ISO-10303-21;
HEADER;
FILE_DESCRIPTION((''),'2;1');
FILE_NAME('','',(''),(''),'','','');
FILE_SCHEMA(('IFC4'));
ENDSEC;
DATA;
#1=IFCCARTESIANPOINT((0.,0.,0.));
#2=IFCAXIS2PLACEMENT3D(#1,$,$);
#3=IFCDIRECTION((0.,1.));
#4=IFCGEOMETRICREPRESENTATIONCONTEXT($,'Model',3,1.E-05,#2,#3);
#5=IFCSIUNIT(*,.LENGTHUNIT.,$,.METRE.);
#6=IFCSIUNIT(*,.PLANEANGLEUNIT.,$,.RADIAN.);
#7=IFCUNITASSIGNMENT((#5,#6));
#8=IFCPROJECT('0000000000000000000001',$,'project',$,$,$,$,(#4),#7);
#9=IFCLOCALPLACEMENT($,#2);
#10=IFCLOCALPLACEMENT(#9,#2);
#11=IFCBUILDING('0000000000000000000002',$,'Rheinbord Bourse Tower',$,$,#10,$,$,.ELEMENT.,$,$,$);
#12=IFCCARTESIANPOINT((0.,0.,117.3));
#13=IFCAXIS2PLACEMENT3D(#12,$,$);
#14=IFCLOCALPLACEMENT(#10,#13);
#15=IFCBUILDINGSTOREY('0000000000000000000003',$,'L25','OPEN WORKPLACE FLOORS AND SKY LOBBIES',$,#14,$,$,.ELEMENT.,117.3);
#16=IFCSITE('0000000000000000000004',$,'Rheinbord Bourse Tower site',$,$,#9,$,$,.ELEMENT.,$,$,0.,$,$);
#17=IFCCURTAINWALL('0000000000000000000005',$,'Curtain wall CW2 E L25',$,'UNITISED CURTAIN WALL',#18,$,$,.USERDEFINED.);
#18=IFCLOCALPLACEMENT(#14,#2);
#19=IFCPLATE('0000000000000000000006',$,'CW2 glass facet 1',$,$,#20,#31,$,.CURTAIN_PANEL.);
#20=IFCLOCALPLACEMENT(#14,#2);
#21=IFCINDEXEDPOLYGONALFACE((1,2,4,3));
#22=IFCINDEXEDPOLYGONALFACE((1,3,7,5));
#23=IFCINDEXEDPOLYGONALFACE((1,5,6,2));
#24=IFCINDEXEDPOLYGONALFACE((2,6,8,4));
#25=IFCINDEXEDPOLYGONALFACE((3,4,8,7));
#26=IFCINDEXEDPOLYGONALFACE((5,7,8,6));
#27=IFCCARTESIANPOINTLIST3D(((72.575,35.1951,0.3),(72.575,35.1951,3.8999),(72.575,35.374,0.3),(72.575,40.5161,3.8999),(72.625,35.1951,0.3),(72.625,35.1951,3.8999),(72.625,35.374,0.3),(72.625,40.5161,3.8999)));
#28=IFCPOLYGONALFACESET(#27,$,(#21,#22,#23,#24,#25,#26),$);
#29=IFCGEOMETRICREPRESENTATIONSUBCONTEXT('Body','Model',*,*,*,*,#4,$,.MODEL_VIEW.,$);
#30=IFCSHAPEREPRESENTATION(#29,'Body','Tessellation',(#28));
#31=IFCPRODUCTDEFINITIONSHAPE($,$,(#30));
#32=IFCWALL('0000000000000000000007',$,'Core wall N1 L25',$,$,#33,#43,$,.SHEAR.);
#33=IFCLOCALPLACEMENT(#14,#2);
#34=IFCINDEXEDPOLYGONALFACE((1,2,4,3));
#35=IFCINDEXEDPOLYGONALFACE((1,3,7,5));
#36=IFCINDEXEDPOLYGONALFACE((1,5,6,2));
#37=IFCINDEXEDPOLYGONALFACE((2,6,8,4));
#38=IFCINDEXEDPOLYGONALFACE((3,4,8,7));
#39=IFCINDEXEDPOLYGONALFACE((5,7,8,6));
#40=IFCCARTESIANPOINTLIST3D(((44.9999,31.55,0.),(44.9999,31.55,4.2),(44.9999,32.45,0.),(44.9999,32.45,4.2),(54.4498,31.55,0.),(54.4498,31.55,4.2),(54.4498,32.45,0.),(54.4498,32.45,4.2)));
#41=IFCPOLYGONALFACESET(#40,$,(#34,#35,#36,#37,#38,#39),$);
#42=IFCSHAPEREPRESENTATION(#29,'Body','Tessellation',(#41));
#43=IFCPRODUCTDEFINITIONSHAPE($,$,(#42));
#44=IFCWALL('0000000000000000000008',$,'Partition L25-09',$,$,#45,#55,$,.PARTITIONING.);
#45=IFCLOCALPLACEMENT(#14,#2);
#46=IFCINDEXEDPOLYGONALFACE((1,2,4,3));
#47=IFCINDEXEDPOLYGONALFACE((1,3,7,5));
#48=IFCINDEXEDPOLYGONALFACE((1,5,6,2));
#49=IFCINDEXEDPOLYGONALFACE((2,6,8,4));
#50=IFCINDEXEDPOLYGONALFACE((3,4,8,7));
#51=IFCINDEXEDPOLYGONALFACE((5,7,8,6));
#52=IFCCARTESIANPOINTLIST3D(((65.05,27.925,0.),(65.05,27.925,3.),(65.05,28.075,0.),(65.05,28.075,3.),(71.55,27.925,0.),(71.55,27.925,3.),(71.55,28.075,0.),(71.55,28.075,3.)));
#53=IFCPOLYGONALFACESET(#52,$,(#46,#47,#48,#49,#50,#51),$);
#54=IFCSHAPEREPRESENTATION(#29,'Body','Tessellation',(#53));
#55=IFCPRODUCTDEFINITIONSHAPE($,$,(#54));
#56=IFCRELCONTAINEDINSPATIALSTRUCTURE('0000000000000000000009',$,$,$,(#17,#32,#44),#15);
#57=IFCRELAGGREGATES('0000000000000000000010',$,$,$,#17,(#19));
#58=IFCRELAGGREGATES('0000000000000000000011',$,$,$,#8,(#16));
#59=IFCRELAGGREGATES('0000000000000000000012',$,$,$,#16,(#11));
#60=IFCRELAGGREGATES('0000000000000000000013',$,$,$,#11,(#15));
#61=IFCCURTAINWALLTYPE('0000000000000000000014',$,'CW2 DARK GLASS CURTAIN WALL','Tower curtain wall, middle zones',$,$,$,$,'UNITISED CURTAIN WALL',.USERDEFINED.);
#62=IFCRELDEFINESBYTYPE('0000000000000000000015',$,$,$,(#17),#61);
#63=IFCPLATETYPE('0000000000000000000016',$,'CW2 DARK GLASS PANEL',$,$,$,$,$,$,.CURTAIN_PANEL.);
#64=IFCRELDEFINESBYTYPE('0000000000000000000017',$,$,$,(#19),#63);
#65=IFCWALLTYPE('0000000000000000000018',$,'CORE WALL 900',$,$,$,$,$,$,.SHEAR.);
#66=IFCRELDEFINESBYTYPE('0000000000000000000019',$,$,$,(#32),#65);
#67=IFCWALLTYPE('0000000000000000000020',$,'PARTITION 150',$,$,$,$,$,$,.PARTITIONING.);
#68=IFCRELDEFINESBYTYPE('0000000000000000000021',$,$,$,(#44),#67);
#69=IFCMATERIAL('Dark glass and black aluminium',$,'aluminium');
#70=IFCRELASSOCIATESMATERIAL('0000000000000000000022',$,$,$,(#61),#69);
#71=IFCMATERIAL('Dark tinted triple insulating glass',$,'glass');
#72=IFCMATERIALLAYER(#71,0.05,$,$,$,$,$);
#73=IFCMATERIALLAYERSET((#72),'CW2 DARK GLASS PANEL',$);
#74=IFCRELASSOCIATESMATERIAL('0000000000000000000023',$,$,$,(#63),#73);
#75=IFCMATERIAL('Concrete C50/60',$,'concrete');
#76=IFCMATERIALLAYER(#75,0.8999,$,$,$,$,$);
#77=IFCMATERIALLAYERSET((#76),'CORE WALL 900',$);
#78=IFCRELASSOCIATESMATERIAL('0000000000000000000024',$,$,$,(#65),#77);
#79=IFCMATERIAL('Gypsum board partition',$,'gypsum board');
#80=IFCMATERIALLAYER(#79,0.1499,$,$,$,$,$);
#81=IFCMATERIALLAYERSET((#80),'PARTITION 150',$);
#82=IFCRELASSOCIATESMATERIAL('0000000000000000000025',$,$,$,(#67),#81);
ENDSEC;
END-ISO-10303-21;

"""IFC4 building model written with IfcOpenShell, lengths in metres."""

from ifc_helpers import new_model, si_unit, direction, frame, frame_2d, origin, place, context, subcontext, project, spatial, polyline, rectangle, outline, extrude, material, layer, layer_set, type_object, element, aggregate, save


model = new_model("IFC4")

# Units and contexts
model_context = context("Model", 3, precision=1e-05, world=origin(), true_north=direction((0.0, 1.0)))
body_context = subcontext(model_context, "Body", "Model", "MODEL_VIEW")
ifc_project = project(units=[si_unit("LENGTHUNIT", "METRE"), si_unit("PLANEANGLEUNIT", "RADIAN")], contexts=[model_context])

# Site, building, storey
site_placement = place(None, origin())
site = spatial("IfcSite", under=ifc_project, at=site_placement, Name="Rheinbord Bourse Tower site", CompositionType="ELEMENT", RefElevation=0.0)
building_placement = place(site_placement, origin())
building = spatial("IfcBuilding", under=site, at=building_placement, Name="Rheinbord Bourse Tower", CompositionType="ELEMENT")
storey_placement = place(building_placement, frame((0.0, 0.0, 117.3)))
storey = spatial("IfcBuildingStorey", under=building, at=storey_placement, Name="L25", Description="OPEN WORKPLACE FLOORS AND SKY LOBBIES", CompositionType="ELEMENT", Elevation=117.3)

# Curtain wall
ifc_material_1 = material(Name="Dark glass and black aluminium", Category="aluminium")
curtain_wall_type = type_object("IfcCurtainWallType", Name="CW2 DARK GLASS CURTAIN WALL", Description="Tower curtain wall, middle zones", ElementType="UNITISED CURTAIN WALL", PredefinedType="USERDEFINED", material=ifc_material_1)
curtain_wall_placement = place(storey_placement, origin())
curtain_wall = element("IfcCurtainWall", 1, at=curtain_wall_placement, inside=storey, type_object=curtain_wall_type, Name="Curtain wall CW2 E L25", ObjectType="UNITISED CURTAIN WALL", PredefinedType="USERDEFINED")

# Plate
ifc_material_2 = material(Name="Dark tinted triple insulating glass", Category="glass")
ifc_layer_1 = layer(ifc_material_2, 0.05)
ifc_layer_set_1 = layer_set([ifc_layer_1], Name="CW2 DARK GLASS PANEL")
plate_type = type_object("IfcPlateType", Name="CW2 DARK GLASS PANEL", PredefinedType="CURTAIN_PANEL", material=ifc_layer_set_1)
plate_1_placement = place(storey_placement, frame((72.625, 35.1951, 0.3), z_axis=(-1.0, 0.0, 0.0), x_axis=(0.0, 0.0, 1.0)))
plate_1 = element("IfcPlate", 2, at=plate_1_placement, type_object=plate_type, Name="CW2 glass facet 1", PredefinedType="CURTAIN_PANEL", context=body_context, shape_type="SweptSolid", body=[
    extrude(outline(polyline([(0.0, 0.0), (3.5999, 0.0), (3.5999, 5.321), (0.0, 0.179), (0.0, 0.0)])), origin(), (0.0, 0.0, 1.0), 0.05),
])
aggregate(curtain_wall, [plate_1])

# Walls
ifc_material_3 = material(Name="Concrete C50/60", Category="concrete")
ifc_layer_2 = layer(ifc_material_3, 0.8999)
ifc_layer_set_2 = layer_set([ifc_layer_2], Name="CORE WALL 900")
wall_type_1 = type_object("IfcWallType", Name="CORE WALL 900", PredefinedType="SHEAR", material=ifc_layer_set_2)
wall_1_placement = place(storey_placement, frame((54.45, 32.0, 0.0), z_axis=(0.0, 0.0, 1.0), x_axis=(-1.0, 0.0, 0.0)))
element("IfcWall", 3, at=wall_1_placement, inside=storey, type_object=wall_type_1, Name="Core wall N1 L25", PredefinedType="SHEAR", context=body_context, shape_type="SweptSolid", body=[
    extrude(rectangle(XDim=9.45, YDim=0.8999, at=frame_2d((4.7251, 0.0))), origin(), (0.0, 0.0, 1.0), 4.2),
])
ifc_material_4 = material(Name="Gypsum board partition", Category="gypsum board")
ifc_layer_3 = layer(ifc_material_4, 0.1499)
ifc_layer_set_3 = layer_set([ifc_layer_3], Name="PARTITION 150")
wall_type_2 = type_object("IfcWallType", Name="PARTITION 150", PredefinedType="PARTITIONING", material=ifc_layer_set_3)
wall_2_placement = place(storey_placement, frame((65.05, 28.0, 0.0), z_axis=(0.0, 0.0, 1.0), x_axis=(1.0, 0.0, 0.0)))
element("IfcWall", 4, at=wall_2_placement, inside=storey, type_object=wall_type_2, Name="Partition L25-09", PredefinedType="PARTITIONING", context=body_context, shape_type="SweptSolid", body=[
    extrude(rectangle(XDim=6.5, YDim=0.1499, at=frame_2d((3.25, 0.0))), origin(), (0.0, 0.0, 1.0), 3.0),
])

save(model, "model.ifc")
